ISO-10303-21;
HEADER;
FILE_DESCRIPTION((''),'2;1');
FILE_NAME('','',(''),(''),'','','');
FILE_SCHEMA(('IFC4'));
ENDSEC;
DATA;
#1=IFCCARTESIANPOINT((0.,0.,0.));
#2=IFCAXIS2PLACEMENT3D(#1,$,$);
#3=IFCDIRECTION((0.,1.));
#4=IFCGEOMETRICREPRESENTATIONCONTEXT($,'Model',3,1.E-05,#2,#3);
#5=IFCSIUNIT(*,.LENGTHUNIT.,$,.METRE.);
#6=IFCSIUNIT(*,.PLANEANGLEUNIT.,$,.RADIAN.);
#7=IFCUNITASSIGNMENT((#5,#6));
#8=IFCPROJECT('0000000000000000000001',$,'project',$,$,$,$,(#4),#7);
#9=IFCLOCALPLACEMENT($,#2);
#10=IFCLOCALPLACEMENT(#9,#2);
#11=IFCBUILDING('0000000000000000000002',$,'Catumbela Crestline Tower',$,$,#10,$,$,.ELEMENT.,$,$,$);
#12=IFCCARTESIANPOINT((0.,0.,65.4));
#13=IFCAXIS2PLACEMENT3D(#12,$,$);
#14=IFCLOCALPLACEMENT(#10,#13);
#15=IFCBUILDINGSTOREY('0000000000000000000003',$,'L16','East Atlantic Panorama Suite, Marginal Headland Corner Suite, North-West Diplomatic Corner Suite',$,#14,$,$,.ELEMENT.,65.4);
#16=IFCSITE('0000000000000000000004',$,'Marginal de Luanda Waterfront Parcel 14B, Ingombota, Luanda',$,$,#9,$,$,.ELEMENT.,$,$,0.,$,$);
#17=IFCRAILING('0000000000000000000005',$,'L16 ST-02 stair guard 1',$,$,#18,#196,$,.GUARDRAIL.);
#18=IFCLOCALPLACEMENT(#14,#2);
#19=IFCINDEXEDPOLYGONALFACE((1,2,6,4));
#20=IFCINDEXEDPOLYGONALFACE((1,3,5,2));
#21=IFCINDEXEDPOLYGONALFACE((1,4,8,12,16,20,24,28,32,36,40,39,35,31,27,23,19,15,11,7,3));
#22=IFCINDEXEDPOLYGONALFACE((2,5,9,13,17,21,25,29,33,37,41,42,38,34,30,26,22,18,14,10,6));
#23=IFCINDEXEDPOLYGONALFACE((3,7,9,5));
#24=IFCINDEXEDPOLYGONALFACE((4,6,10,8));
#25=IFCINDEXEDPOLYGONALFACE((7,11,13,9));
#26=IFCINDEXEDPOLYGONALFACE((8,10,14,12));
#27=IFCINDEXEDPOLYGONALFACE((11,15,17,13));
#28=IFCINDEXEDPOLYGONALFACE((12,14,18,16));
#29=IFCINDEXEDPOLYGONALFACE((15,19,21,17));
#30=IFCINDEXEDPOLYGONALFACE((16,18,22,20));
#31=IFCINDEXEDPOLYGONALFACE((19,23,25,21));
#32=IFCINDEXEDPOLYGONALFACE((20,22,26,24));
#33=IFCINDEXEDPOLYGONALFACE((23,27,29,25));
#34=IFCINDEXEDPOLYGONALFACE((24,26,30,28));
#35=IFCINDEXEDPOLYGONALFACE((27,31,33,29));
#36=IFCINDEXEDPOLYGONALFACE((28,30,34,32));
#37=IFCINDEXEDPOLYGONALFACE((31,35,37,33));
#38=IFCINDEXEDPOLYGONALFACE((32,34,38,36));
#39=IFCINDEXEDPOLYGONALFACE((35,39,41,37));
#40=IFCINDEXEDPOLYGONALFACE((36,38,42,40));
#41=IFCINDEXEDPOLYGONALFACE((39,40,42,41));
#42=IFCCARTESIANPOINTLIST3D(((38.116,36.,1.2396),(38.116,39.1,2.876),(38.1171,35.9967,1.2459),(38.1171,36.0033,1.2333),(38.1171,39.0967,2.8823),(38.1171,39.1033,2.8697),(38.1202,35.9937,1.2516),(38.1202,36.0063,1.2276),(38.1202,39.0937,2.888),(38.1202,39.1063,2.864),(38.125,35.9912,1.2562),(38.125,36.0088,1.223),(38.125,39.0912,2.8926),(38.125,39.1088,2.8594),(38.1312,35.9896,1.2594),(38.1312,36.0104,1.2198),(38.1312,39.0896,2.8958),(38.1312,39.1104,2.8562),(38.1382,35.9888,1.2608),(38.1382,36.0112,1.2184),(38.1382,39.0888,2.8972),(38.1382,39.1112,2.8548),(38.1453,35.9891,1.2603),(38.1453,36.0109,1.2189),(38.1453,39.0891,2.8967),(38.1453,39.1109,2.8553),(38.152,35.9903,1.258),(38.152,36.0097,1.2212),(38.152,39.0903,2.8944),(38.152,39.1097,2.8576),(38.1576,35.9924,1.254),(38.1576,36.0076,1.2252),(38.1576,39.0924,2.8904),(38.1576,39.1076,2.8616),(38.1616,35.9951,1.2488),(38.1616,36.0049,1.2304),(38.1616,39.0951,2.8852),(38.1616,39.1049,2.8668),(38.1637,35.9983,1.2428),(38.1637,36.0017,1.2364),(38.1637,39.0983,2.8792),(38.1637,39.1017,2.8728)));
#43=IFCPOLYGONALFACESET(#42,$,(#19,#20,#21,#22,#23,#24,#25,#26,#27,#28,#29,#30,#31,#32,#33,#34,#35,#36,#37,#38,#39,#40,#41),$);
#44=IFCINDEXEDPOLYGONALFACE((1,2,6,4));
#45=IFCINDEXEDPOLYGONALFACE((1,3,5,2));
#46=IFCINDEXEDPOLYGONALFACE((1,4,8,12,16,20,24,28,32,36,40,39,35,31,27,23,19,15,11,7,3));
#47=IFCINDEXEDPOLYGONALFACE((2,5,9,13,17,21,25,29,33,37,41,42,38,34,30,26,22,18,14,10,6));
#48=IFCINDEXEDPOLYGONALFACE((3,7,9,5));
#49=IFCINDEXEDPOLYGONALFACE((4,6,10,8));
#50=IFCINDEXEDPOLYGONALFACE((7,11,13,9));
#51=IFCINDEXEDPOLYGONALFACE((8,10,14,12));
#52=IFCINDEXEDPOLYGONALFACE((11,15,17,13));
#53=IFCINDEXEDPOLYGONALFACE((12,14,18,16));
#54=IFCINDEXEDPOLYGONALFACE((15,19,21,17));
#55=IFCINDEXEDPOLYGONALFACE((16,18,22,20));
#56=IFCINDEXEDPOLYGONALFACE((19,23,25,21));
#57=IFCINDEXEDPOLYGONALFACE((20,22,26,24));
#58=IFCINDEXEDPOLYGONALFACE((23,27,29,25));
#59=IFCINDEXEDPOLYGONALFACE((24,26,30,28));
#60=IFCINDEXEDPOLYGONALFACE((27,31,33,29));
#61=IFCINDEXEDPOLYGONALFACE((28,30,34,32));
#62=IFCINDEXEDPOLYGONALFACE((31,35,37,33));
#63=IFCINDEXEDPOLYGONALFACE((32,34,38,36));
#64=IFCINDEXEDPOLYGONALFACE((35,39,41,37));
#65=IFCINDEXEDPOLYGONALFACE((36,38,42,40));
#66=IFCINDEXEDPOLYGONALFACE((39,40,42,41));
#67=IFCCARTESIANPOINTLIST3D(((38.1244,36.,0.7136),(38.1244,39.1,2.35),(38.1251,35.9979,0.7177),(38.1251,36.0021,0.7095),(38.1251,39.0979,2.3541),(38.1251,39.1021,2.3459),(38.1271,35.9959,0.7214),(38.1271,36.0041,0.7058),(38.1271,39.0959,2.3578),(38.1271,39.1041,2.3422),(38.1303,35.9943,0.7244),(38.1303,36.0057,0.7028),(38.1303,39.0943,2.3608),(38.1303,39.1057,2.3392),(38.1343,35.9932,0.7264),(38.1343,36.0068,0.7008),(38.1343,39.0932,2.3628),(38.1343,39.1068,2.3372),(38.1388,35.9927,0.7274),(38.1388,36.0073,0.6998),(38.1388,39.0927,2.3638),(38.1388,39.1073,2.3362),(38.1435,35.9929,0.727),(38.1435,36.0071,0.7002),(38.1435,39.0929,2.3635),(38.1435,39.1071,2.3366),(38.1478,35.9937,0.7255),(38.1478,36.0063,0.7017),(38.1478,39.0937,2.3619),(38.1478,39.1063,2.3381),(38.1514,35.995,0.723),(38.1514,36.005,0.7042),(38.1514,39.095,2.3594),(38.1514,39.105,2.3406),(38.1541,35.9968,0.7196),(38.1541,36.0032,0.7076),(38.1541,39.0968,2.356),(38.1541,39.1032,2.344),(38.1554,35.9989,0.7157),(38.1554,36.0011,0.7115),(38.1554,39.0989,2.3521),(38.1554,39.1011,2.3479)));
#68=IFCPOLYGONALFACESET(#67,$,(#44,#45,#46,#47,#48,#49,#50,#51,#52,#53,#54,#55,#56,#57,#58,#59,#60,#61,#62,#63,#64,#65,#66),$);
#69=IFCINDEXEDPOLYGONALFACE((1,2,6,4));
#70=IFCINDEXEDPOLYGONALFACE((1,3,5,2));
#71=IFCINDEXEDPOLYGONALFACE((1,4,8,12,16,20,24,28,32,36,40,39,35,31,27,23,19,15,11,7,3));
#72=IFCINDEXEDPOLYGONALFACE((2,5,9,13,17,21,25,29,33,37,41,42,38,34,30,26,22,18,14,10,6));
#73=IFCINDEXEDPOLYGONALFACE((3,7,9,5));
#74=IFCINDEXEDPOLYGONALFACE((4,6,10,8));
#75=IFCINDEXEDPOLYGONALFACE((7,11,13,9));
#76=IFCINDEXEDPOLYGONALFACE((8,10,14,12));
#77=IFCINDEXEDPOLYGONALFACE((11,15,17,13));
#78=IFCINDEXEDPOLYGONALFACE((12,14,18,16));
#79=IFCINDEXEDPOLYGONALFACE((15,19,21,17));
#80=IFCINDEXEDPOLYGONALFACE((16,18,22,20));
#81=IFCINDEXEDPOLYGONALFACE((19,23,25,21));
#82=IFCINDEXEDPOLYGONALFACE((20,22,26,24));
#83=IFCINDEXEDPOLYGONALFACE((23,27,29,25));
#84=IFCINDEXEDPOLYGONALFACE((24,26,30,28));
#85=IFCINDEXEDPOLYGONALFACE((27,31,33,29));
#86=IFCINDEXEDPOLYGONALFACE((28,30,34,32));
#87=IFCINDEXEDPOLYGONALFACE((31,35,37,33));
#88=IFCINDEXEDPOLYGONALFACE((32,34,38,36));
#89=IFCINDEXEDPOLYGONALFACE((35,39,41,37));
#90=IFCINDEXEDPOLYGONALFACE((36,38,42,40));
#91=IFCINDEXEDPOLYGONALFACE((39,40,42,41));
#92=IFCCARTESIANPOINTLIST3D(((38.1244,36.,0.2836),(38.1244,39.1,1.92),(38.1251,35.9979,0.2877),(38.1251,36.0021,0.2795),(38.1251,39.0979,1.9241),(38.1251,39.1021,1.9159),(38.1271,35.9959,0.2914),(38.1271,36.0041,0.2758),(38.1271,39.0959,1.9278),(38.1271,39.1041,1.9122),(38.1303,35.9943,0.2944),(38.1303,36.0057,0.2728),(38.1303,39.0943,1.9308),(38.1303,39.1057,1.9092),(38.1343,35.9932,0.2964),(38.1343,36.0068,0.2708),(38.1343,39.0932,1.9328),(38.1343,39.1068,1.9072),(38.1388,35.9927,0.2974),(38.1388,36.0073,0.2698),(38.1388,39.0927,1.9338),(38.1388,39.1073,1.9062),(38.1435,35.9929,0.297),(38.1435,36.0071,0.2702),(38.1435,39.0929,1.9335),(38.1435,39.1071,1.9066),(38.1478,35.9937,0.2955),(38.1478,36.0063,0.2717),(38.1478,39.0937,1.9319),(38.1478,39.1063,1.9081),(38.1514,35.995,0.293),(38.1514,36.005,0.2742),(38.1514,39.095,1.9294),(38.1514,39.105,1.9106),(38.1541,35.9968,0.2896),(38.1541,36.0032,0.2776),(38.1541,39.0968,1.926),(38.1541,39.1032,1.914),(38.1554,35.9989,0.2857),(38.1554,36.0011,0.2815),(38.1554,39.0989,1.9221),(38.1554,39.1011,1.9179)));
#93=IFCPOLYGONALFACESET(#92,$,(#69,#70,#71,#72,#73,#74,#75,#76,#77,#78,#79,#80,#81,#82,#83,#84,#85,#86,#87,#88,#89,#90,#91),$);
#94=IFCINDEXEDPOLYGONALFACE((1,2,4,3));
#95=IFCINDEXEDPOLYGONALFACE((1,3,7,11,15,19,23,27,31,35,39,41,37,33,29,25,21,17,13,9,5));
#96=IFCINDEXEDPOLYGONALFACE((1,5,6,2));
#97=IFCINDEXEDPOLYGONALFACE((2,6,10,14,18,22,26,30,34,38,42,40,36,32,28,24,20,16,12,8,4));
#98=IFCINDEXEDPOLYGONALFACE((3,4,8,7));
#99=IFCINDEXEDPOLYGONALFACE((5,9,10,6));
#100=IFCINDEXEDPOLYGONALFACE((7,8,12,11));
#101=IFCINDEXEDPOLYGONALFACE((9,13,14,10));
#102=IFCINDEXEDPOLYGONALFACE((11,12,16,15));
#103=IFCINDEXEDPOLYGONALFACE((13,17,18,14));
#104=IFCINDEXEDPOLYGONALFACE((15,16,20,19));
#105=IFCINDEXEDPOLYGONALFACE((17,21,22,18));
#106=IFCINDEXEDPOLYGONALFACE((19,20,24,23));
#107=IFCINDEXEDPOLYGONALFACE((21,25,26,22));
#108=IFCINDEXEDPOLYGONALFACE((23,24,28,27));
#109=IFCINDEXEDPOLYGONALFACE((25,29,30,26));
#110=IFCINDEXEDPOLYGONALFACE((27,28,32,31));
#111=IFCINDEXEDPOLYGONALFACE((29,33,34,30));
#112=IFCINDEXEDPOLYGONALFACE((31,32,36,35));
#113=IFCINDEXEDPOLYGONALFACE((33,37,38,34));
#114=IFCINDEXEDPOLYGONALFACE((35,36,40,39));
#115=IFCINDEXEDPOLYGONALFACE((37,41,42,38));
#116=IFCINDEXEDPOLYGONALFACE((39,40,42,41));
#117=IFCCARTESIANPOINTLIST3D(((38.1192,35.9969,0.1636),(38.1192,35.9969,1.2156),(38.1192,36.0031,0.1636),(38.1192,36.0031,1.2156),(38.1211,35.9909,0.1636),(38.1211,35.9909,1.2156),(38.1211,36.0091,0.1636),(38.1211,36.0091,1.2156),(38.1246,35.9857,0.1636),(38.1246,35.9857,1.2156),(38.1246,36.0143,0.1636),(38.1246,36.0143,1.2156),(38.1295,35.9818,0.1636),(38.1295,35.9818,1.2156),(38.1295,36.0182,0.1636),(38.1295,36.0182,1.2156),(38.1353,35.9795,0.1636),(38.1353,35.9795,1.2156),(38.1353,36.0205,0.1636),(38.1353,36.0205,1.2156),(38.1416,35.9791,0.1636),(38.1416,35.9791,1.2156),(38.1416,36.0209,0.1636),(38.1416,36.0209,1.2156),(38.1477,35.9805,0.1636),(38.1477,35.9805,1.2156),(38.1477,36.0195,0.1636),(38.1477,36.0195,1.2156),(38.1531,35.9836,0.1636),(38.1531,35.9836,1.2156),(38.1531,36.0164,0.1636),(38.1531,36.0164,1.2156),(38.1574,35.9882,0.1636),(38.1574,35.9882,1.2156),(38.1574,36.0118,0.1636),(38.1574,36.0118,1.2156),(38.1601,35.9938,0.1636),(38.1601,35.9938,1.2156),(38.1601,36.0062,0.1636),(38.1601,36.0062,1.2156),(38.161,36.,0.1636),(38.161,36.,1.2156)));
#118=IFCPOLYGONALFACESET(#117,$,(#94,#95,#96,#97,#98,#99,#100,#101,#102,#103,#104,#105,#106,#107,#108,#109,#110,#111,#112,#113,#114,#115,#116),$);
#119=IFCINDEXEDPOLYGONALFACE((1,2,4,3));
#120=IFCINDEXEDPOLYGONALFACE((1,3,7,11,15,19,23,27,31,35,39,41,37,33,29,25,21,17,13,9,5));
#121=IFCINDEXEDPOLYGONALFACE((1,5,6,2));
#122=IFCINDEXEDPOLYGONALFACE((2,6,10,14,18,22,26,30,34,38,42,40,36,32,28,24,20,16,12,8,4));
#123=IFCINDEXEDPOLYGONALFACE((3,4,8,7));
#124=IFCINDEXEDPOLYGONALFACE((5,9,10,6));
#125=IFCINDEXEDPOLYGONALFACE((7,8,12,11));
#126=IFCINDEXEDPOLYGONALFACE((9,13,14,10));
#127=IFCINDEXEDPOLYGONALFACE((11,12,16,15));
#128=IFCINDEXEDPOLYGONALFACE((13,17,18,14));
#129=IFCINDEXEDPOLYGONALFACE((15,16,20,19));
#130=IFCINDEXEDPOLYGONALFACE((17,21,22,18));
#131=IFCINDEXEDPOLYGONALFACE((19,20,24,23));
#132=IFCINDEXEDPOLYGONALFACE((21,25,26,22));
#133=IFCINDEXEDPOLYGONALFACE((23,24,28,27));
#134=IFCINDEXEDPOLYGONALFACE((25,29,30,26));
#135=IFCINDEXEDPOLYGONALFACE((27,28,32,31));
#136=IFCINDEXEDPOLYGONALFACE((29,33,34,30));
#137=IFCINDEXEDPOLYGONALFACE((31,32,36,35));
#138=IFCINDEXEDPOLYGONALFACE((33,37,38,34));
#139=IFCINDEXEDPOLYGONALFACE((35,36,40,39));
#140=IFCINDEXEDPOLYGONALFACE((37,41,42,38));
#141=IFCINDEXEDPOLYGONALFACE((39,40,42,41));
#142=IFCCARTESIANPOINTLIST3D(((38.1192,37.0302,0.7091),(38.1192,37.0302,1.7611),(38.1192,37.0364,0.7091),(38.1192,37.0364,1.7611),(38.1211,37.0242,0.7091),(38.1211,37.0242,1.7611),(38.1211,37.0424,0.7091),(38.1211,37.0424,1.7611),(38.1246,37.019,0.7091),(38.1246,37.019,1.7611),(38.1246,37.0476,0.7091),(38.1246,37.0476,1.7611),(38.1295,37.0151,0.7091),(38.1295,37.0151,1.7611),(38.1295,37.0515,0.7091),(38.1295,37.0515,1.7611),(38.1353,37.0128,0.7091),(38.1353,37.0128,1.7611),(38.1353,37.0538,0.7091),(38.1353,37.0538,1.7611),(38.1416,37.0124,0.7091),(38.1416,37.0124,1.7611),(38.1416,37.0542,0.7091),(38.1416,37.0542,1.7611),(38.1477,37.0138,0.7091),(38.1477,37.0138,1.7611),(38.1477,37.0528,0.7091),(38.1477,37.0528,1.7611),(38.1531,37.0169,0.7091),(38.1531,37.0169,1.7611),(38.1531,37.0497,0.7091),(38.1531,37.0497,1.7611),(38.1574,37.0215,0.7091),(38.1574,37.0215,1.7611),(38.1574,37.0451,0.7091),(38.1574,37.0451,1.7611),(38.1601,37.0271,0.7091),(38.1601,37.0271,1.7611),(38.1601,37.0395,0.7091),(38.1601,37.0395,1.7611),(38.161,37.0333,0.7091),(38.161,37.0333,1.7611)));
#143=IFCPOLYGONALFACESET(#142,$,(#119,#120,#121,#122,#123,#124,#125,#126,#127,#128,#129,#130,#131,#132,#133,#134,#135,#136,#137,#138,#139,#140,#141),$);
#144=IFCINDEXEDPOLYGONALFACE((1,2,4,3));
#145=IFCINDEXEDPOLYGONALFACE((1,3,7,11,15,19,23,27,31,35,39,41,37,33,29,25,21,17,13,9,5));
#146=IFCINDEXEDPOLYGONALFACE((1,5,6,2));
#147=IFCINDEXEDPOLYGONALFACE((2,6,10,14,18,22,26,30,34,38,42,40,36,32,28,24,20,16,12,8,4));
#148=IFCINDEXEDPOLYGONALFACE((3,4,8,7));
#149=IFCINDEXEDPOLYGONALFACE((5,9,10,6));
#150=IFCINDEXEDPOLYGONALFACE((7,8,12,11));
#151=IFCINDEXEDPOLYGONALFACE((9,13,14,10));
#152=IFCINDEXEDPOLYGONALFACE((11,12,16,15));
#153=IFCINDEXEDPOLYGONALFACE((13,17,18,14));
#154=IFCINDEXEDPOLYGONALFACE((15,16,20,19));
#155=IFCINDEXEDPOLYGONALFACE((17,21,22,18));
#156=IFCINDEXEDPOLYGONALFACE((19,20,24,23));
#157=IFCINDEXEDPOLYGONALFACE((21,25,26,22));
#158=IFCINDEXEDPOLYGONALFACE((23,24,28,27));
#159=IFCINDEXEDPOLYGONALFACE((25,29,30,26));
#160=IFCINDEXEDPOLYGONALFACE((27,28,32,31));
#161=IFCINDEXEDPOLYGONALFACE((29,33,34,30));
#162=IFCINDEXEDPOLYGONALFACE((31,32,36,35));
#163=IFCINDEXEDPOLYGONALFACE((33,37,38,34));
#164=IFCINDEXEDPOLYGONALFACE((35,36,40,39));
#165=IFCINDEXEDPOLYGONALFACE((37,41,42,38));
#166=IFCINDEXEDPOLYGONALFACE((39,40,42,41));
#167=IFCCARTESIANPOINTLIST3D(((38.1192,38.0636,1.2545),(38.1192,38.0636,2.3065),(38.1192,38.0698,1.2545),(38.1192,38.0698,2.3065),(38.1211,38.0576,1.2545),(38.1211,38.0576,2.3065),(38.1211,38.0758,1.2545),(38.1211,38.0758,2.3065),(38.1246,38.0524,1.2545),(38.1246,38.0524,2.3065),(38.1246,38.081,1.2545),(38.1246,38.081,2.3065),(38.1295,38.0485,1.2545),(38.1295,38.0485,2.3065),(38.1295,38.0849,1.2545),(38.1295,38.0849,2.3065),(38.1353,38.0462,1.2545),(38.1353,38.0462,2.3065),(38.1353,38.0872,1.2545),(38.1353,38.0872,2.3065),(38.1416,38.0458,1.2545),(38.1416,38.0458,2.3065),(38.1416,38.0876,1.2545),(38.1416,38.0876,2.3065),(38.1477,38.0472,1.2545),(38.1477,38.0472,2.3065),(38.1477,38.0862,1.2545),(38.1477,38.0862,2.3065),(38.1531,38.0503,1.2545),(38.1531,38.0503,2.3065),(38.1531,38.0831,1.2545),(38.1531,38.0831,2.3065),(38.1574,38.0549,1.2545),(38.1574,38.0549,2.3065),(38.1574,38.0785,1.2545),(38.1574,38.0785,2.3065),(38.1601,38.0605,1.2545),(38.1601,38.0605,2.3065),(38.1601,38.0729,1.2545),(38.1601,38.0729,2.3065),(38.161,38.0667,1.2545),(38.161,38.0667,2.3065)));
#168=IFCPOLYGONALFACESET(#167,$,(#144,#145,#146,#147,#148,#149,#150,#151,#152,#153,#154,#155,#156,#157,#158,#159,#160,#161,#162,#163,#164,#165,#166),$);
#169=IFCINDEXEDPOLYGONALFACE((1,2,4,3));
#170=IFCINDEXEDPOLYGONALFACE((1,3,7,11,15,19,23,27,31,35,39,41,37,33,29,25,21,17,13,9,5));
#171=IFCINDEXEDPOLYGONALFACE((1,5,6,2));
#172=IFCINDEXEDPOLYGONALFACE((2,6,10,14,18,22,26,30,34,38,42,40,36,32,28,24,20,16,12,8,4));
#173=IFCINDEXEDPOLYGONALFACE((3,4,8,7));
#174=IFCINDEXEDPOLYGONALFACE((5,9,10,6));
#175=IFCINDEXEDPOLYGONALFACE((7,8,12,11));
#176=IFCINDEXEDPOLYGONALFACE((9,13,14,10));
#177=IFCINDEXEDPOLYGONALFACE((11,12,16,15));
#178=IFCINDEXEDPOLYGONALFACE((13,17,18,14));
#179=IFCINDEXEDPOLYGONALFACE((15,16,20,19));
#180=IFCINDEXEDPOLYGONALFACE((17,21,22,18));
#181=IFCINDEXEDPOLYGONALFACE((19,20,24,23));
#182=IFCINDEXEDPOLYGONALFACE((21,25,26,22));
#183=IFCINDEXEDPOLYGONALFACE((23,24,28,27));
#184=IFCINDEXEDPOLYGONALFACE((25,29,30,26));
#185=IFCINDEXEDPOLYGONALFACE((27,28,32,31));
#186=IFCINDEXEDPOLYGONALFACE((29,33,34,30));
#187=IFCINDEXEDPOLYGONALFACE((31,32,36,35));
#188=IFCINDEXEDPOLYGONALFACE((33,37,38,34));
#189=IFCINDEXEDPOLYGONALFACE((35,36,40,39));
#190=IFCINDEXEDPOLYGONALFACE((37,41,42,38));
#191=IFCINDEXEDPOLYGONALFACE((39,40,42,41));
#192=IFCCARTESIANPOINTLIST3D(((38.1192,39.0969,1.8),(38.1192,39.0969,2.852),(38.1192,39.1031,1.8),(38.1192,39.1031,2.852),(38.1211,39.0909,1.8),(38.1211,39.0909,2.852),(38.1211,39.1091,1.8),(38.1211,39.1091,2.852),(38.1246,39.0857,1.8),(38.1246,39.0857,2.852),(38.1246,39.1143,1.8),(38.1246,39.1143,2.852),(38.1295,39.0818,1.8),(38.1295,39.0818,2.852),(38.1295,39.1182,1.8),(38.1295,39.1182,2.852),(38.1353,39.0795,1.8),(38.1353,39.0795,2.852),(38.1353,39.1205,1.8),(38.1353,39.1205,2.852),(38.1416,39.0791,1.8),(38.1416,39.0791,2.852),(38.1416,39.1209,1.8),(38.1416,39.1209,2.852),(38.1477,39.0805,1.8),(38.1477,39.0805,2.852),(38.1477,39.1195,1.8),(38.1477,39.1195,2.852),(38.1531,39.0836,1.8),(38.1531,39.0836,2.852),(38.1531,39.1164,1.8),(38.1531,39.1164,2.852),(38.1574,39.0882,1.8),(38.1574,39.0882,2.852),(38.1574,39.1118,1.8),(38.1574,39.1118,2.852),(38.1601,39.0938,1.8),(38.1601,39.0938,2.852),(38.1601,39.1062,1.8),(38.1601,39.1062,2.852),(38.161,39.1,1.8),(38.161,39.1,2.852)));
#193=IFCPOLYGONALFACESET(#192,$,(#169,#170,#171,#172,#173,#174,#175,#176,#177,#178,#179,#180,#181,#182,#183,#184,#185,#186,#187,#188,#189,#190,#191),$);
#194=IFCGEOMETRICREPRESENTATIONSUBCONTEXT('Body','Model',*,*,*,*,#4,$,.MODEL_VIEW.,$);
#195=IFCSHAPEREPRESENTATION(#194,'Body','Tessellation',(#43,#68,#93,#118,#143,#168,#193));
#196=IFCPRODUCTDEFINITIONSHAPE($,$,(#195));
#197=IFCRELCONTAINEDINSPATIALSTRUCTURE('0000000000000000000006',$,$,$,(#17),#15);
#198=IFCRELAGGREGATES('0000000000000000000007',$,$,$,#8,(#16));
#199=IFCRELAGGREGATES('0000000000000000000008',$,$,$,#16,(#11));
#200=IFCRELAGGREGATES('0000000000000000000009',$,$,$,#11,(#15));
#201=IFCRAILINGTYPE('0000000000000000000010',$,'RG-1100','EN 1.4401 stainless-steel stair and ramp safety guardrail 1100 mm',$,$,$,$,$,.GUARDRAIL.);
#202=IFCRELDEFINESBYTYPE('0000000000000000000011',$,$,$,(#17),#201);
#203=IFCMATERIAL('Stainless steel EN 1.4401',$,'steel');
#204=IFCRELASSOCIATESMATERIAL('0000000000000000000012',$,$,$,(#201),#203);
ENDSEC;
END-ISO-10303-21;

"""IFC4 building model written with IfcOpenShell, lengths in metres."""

from ifc_helpers import new_model, si_unit, direction, frame, origin, origin_2d, place, context, subcontext, project, spatial, circle, extrude, material, type_object, element, save


model = new_model("IFC4")

# Units and contexts
model_context = context("Model", 3, precision=1e-05, world=origin(), true_north=direction((0.0, 1.0)))
body_context = subcontext(model_context, "Body", "Model", "MODEL_VIEW")
ifc_project = project(units=[si_unit("LENGTHUNIT", "METRE"), si_unit("PLANEANGLEUNIT", "RADIAN")], contexts=[model_context])

# Site, building, storey
site_placement = place(None, origin())
site = spatial("IfcSite", under=ifc_project, at=site_placement, Name="Marginal de Luanda Waterfront Parcel 14B, Ingombota, Luanda", CompositionType="ELEMENT", RefElevation=0.0)
building_placement = place(site_placement, origin())
building = spatial("IfcBuilding", under=site, at=building_placement, Name="Catumbela Crestline Tower", CompositionType="ELEMENT")
storey_placement = place(building_placement, frame((0.0, 0.0, 65.4)))
storey = spatial("IfcBuildingStorey", under=building, at=storey_placement, Name="L16", Description="East Atlantic Panorama Suite, Marginal Headland Corner Suite, North-West Diplomatic Corner Suite", CompositionType="ELEMENT", Elevation=65.4)

# Shared definitions
ifc_material_1 = material(Name="Stainless steel EN 1.4401", Category="steel")

# Railing
railing_type_1 = type_object("IfcRailingType", Name="RG-1100", Description="EN 1.4401 stainless-steel stair and ramp safety guardrail 1100 mm", PredefinedType="GUARDRAIL", material=ifc_material_1)
railing_1_placement = place(storey_placement, frame((38.14, 36.0, 0.1636)))
element("IfcRailing", 1, at=railing_1_placement, inside=storey, type_object=railing_type_1, Name="L16 ST-02 stair guard 1", PredefinedType="GUARDRAIL", context=body_context, shape_type="SweptSolid", body=[
    extrude(circle(Radius=0.024, at=origin_2d()), frame((0.0, 0.0, 1.076), z_axis=(0.0, 0.884351, 0.466823), x_axis=(-1.0, 0.0, 0.0)), (0.0, 0.0, 1.0), 3.5054),
    extrude(circle(Radius=0.0156, at=origin_2d()), frame((0.0, 0.0, 0.55), z_axis=(0.0, 0.884351, 0.466823), x_axis=(-1.0, 0.0, 0.0)), (0.0, 0.0, 1.0), 3.5054),
    extrude(circle(Radius=0.0156, at=origin_2d()), frame((0.0, 0.0, 0.12), z_axis=(0.0, 0.884351, 0.466823), x_axis=(-1.0, 0.0, 0.0)), (0.0, 0.0, 1.0), 3.5054),
    extrude(circle(Radius=0.021, at=origin_2d()), origin(), (0.0, 0.0, 1.0), 1.052),
    extrude(circle(Radius=0.021, at=origin_2d()), frame((0.0, 1.0333, 0.5455)), (0.0, 0.0, 1.0), 1.052),
    extrude(circle(Radius=0.021, at=origin_2d()), frame((0.0, 2.0667, 1.0909)), (0.0, 0.0, 1.0), 1.052),
    extrude(circle(Radius=0.021, at=origin_2d()), frame((0.0, 3.1, 1.6364)), (0.0, 0.0, 1.0), 1.052),
])

save(model, "model.ifc")
